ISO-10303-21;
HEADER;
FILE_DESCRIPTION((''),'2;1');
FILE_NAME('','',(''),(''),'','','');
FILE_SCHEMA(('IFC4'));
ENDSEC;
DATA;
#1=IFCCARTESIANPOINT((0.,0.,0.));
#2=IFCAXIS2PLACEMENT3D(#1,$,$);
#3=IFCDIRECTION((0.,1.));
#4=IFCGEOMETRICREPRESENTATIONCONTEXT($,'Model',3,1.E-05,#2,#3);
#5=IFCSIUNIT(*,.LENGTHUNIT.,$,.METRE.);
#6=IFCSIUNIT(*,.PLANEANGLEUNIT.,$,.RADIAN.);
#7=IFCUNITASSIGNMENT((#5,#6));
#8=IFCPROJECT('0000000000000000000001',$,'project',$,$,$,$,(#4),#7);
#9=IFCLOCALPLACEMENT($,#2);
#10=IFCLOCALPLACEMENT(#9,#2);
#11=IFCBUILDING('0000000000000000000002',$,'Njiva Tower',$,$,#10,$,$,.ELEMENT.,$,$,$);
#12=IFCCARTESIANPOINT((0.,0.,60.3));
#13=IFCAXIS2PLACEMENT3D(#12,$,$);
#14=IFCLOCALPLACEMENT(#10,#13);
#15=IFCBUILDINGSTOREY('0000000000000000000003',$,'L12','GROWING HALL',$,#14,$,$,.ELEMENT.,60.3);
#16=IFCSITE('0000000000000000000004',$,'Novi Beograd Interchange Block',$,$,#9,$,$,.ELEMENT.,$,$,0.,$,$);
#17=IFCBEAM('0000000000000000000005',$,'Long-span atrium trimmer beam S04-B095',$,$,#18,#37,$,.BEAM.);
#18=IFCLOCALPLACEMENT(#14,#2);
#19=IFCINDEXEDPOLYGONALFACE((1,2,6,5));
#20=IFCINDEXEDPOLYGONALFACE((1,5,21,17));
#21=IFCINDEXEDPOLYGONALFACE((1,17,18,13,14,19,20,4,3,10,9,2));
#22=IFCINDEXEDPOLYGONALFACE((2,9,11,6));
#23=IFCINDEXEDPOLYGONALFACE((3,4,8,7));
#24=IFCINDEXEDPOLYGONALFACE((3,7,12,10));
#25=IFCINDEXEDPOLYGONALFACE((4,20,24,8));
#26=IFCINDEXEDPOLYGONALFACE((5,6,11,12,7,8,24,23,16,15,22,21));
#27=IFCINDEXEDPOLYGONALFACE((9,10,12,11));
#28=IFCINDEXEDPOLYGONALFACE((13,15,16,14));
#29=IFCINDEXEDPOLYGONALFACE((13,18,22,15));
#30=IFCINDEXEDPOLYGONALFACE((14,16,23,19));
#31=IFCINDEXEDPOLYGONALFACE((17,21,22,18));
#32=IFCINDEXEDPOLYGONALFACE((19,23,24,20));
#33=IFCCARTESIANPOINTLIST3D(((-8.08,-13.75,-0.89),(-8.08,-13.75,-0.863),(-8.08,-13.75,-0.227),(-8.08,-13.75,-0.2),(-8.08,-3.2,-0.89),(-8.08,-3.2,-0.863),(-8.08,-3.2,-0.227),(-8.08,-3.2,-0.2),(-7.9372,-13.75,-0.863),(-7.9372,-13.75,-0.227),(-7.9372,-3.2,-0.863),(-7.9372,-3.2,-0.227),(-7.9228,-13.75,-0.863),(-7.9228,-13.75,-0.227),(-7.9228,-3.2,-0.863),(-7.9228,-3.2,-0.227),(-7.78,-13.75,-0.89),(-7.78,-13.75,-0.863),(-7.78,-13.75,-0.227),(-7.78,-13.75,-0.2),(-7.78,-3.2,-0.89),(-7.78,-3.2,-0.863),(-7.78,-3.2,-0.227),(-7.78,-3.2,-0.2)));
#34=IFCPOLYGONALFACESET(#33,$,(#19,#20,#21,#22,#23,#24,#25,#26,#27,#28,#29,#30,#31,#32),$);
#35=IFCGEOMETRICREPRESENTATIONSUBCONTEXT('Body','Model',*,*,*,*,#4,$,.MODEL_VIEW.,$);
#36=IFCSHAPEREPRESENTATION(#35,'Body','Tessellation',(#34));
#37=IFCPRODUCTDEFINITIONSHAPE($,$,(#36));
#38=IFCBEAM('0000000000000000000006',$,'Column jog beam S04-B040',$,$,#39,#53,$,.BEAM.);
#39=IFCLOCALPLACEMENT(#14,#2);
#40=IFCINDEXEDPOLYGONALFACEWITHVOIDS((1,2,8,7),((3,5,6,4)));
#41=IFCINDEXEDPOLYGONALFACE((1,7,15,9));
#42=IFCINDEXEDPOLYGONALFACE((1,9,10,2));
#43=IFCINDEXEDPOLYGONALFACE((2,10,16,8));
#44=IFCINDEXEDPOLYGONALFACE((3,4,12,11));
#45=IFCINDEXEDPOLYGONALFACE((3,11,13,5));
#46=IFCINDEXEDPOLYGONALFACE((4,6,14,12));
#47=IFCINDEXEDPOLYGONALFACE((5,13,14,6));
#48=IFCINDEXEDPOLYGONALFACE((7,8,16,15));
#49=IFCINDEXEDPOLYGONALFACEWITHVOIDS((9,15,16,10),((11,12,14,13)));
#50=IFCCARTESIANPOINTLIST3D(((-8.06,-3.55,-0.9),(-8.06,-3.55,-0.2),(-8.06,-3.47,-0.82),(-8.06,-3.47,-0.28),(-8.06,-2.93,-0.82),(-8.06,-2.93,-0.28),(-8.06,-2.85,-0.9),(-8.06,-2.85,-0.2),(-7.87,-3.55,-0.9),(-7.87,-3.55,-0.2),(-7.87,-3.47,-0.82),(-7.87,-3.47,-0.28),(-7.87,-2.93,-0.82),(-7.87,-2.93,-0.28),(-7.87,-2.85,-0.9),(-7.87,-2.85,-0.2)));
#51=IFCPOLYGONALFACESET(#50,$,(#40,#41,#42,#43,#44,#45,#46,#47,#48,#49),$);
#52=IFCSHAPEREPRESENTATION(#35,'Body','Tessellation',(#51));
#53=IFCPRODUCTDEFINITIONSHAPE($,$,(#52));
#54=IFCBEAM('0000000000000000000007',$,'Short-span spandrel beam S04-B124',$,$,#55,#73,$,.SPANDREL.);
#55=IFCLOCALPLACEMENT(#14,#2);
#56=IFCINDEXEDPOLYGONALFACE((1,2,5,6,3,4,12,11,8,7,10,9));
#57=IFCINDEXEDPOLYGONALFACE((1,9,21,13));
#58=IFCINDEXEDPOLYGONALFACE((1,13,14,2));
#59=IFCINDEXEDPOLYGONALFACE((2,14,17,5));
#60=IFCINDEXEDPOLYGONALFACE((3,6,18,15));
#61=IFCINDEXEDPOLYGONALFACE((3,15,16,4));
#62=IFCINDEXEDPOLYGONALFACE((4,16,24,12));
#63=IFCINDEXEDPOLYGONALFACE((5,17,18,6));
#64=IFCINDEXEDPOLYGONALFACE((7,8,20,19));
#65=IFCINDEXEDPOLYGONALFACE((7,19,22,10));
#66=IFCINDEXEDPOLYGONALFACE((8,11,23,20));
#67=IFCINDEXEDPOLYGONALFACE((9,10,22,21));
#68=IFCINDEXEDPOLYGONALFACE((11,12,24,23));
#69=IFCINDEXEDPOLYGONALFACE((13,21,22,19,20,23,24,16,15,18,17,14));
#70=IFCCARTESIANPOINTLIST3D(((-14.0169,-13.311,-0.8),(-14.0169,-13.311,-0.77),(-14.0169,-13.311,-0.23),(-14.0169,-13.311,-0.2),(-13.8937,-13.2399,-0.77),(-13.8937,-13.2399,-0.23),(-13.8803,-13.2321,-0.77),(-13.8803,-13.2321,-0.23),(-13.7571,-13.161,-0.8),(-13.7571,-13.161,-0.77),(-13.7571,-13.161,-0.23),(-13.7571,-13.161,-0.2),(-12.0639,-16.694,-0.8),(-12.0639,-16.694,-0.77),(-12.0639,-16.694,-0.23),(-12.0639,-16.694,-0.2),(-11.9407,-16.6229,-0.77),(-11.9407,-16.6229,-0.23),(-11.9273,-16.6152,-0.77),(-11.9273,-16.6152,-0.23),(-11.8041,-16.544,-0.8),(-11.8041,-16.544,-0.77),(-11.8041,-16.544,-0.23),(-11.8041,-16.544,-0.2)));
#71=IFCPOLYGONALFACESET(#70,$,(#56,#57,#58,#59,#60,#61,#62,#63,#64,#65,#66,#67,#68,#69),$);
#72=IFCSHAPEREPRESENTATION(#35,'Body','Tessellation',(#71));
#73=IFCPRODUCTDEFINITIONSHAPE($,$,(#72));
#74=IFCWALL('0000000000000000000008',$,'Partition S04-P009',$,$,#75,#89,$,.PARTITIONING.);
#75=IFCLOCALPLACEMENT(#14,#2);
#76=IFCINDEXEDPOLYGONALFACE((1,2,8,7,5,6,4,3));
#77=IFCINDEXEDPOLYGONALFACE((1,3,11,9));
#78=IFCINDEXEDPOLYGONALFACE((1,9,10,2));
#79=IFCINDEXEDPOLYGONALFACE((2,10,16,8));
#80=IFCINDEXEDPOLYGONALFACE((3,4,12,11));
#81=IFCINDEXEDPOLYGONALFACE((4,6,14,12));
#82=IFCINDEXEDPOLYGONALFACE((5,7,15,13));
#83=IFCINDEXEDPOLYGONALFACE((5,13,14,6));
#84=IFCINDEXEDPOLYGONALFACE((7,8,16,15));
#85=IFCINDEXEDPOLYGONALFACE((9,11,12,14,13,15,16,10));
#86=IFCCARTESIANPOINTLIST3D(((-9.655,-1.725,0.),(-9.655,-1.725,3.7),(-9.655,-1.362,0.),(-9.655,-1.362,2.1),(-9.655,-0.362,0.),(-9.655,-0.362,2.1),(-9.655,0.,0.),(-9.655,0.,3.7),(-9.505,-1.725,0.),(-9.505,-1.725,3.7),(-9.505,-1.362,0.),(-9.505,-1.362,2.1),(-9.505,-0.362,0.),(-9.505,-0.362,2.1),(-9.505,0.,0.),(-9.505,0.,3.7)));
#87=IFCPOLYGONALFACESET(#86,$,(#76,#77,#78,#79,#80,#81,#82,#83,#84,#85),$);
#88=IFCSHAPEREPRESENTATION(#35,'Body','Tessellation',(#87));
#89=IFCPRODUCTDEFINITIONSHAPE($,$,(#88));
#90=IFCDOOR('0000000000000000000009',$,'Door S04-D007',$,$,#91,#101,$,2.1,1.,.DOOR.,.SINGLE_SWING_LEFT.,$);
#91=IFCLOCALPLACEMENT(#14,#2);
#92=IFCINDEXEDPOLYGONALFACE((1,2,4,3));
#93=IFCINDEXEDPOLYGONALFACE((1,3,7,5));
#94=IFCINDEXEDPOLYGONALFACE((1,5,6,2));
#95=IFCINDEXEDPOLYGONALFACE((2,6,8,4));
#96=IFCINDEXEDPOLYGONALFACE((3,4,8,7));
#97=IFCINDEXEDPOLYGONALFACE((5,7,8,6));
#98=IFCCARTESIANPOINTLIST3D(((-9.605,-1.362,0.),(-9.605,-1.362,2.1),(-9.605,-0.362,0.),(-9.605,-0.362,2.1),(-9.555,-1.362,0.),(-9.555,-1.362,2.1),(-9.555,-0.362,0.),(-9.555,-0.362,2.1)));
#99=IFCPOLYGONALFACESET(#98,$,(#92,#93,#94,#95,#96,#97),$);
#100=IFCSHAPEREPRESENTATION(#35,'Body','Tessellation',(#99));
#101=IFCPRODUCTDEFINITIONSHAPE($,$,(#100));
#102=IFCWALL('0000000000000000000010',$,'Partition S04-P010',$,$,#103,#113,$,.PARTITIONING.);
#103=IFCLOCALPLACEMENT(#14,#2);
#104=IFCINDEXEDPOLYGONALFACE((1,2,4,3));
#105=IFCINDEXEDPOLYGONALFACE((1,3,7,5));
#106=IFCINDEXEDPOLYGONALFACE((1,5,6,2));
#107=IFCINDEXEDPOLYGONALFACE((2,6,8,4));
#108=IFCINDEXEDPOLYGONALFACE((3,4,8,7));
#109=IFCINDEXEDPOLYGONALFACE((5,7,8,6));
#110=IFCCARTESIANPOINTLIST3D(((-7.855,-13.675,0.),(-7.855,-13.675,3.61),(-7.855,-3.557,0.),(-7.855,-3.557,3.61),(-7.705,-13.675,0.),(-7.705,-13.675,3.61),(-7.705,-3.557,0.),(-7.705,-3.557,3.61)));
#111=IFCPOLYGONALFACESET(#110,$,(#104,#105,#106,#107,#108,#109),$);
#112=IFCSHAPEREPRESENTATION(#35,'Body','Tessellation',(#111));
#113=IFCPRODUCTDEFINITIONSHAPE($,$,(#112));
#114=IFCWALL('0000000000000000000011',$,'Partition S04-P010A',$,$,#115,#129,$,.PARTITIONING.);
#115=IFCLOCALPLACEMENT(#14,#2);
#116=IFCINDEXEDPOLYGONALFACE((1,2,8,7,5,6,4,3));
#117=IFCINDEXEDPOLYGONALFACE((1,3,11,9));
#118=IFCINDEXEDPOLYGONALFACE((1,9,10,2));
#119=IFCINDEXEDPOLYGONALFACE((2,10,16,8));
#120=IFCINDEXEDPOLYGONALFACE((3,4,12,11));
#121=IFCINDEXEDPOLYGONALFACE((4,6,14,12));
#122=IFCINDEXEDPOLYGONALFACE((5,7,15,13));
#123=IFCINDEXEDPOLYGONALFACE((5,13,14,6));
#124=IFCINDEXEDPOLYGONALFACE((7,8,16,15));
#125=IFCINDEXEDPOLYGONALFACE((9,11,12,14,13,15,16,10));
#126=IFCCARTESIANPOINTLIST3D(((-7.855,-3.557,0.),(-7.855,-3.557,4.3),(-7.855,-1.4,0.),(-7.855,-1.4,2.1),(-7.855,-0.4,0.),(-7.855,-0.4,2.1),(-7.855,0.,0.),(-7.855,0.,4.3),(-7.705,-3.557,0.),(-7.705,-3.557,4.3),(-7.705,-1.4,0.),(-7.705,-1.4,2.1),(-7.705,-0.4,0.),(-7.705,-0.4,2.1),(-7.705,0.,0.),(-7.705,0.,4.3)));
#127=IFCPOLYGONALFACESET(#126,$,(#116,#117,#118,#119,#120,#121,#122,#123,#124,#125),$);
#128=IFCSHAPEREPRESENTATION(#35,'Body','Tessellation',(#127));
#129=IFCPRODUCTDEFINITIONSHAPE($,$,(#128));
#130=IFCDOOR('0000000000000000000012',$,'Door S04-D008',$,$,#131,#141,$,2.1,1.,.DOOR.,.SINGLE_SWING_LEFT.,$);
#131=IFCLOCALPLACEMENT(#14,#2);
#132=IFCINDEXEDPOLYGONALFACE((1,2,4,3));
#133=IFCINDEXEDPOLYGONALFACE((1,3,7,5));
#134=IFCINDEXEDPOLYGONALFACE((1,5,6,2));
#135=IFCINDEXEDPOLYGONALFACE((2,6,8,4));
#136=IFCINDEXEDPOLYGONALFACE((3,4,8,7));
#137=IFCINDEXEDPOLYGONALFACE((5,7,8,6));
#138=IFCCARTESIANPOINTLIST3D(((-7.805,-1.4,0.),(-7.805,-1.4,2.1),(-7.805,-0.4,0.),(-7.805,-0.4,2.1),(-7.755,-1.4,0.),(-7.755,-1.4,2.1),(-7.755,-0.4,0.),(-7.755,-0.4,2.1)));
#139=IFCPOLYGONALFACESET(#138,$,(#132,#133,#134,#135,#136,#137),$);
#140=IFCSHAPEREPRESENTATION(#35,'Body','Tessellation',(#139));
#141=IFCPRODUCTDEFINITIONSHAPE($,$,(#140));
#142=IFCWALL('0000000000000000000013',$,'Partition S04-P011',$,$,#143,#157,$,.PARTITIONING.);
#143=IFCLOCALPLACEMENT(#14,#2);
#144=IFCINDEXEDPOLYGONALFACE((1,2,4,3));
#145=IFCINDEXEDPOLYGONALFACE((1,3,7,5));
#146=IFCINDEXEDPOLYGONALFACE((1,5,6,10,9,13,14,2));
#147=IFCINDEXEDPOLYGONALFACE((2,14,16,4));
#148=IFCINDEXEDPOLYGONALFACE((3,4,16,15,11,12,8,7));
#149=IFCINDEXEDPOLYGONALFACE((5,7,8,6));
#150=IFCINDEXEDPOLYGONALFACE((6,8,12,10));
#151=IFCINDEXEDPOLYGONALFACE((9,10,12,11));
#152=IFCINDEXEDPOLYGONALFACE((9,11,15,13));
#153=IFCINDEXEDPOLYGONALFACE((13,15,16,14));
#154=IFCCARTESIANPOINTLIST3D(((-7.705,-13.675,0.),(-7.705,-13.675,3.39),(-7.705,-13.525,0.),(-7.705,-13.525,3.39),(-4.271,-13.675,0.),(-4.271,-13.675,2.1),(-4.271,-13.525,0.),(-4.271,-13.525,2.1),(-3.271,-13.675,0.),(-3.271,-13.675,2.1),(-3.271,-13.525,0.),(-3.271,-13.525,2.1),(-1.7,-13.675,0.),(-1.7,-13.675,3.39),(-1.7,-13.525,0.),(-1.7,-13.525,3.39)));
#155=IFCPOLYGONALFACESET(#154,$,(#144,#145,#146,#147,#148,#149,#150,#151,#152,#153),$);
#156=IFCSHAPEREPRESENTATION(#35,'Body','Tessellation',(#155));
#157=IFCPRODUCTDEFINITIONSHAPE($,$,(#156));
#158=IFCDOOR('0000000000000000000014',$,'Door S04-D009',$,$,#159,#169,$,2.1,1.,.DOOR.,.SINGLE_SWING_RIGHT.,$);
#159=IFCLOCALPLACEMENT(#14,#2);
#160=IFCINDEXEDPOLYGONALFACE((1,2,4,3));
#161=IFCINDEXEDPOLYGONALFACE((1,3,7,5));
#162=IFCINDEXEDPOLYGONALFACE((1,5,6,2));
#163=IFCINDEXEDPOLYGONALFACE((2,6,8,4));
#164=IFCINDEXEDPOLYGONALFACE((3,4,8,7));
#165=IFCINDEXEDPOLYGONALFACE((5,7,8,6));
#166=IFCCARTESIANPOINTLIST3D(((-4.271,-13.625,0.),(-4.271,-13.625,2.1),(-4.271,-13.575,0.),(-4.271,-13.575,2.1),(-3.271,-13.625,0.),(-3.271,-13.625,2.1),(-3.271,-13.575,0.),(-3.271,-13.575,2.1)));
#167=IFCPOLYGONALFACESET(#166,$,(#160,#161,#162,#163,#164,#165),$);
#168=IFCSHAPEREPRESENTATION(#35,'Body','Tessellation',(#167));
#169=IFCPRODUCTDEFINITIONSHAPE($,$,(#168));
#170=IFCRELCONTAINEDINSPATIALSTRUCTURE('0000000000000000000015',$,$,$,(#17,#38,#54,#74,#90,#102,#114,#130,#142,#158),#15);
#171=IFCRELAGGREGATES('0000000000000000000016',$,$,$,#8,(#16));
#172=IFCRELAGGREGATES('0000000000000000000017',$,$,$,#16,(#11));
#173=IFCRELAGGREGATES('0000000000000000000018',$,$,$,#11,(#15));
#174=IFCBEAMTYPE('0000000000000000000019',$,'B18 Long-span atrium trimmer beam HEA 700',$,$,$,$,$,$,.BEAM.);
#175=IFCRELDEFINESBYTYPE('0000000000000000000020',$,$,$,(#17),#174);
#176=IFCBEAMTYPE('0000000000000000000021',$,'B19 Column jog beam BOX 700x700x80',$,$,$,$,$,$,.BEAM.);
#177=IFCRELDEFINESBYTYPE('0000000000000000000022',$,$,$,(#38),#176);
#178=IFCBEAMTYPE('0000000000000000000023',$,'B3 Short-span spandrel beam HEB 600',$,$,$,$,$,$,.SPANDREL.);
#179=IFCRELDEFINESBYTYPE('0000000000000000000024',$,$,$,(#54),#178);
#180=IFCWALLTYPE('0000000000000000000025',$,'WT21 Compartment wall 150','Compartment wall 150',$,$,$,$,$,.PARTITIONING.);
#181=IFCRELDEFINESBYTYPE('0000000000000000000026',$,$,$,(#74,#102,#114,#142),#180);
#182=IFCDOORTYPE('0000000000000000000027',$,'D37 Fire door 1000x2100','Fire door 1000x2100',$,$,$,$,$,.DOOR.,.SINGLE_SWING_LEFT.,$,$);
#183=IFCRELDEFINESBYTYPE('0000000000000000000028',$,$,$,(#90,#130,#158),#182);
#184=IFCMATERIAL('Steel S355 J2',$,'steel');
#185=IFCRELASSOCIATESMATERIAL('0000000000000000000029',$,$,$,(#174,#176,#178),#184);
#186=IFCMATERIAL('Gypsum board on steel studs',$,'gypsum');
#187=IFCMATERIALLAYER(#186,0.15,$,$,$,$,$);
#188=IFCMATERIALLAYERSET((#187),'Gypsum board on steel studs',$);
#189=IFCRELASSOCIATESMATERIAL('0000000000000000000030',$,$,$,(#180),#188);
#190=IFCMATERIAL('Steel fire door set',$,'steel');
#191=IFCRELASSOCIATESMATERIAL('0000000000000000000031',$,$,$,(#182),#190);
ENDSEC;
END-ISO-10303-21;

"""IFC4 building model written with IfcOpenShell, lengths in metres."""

from ifc_helpers import new_model, si_unit, direction, frame, frame_2d, origin, origin_2d, place, context, subcontext, project, spatial, rectangle, hollow_rectangle, i_section, extrude, material, layer, layer_set, material_profile, profile_set, type_object, element, fill, save


model = new_model("IFC4")

# Units and contexts
model_context = context("Model", 3, precision=1e-05, world=origin(), true_north=direction((0.0, 1.0)))
body_context = subcontext(model_context, "Body", "Model", "MODEL_VIEW")
ifc_project = project(units=[si_unit("LENGTHUNIT", "METRE"), si_unit("PLANEANGLEUNIT", "RADIAN")], contexts=[model_context])

# Site, building, storey
site_placement = place(None, origin())
site = spatial("IfcSite", under=ifc_project, at=site_placement, Name="Novi Beograd Interchange Block", CompositionType="ELEMENT", RefElevation=0.0)
building_placement = place(site_placement, origin())
building = spatial("IfcBuilding", under=site, at=building_placement, Name="Njiva Tower", CompositionType="ELEMENT")
storey_placement = place(building_placement, frame((0.0, 0.0, 60.3)))
storey = spatial("IfcBuildingStorey", under=building, at=storey_placement, Name="L12", Description="GROWING HALL", CompositionType="ELEMENT", Elevation=60.3)

# Shared definitions
ifc_material_1 = material(Name="Steel S355 J2", Category="steel")

# Beams
ifc_material_profile_1 = material_profile(ifc_material_1, i_section(OverallWidth=0.3, OverallDepth=0.69, WebThickness=0.0145, FlangeThickness=0.027, at=origin_2d()), Name="HEA 700")
ifc_profile_set_1 = profile_set([ifc_material_profile_1], Name="Steel S355 J2")
beam_type_1 = type_object("IfcBeamType", Name="B18 Long-span atrium trimmer beam HEA 700", PredefinedType="BEAM", material=ifc_profile_set_1)
beam_1_placement = place(storey_placement, frame((-7.93, -3.2, -0.545), z_axis=(0.0, -1.0, 0.0), x_axis=(1.0, 0.0, 0.0)))
element("IfcBeam", 1, at=beam_1_placement, inside=storey, type_object=beam_type_1, Name="Long-span atrium trimmer beam S04-B095", PredefinedType="BEAM", context=body_context, shape_type="SweptSolid", body=[
    extrude(i_section(OverallWidth=0.3, OverallDepth=0.69, WebThickness=0.0145, FlangeThickness=0.027, at=origin_2d()), origin(), (0.0, 0.0, 1.0), 10.55),
])
ifc_material_profile_2 = material_profile(ifc_material_1, hollow_rectangle(XDim=0.7, YDim=0.7, WallThickness=0.08, at=origin_2d()), Name="BOX 700x700x80")
ifc_profile_set_2 = profile_set([ifc_material_profile_2], Name="Steel S355 J2")
beam_type_2 = type_object("IfcBeamType", Name="B19 Column jog beam BOX 700x700x80", PredefinedType="BEAM", material=ifc_profile_set_2)
beam_2_placement = place(storey_placement, frame((-8.06, -3.2, -0.55), z_axis=(1.0, 0.0, 0.0), x_axis=(0.0, 1.0, 0.0)))
element("IfcBeam", 2, at=beam_2_placement, inside=storey, type_object=beam_type_2, Name="Column jog beam S04-B040", PredefinedType="BEAM", context=body_context, shape_type="SweptSolid", body=[
    extrude(hollow_rectangle(XDim=0.7, YDim=0.7, WallThickness=0.08, at=origin_2d()), origin(), (0.0, 0.0, 1.0), 0.19),
])
ifc_material_profile_3 = material_profile(ifc_material_1, i_section(OverallWidth=0.3, OverallDepth=0.6, WebThickness=0.0155, FlangeThickness=0.03, at=origin_2d()), Name="HEB 600")
ifc_profile_set_3 = profile_set([ifc_material_profile_3], Name="Steel S355 J2")
beam_type_3 = type_object("IfcBeamType", Name="B3 Short-span spandrel beam HEB 600", PredefinedType="SPANDREL", material=ifc_profile_set_3)
beam_3_placement = place(storey_placement, frame((-13.887, -13.236, -0.5), z_axis=(0.499966, -0.866045, 0.0), x_axis=(0.866045, 0.499966, 0.0)))
element("IfcBeam", 3, at=beam_3_placement, inside=storey, type_object=beam_type_3, Name="Short-span spandrel beam S04-B124", PredefinedType="SPANDREL", context=body_context, shape_type="SweptSolid", body=[
    extrude(i_section(OverallWidth=0.3, OverallDepth=0.6, WebThickness=0.0155, FlangeThickness=0.03, at=origin_2d()), origin(), (0.0, 0.0, 1.0), 3.9063),
])

# Wall, opening, door
ifc_material_2 = material(Name="Gypsum board on steel studs", Category="gypsum")
ifc_layer_1 = layer(ifc_material_2, 0.15)
ifc_layer_set_1 = layer_set([ifc_layer_1], Name="Gypsum board on steel studs")
wall_type_1 = type_object("IfcWallType", Name="WT21 Compartment wall 150", Description="Compartment wall 150", PredefinedType="PARTITIONING", material=ifc_layer_set_1)
wall_1_placement = place(storey_placement, frame((-9.58, -1.725, 0.0), z_axis=(0.0, 0.0, 1.0), x_axis=(0.0, 1.0, 0.0)))
wall_1 = element("IfcWall", 4, at=wall_1_placement, inside=storey, type_object=wall_type_1, Name="Partition S04-P009", PredefinedType="PARTITIONING", context=body_context, shape_type="SweptSolid", body=[
    extrude(rectangle(XDim=1.725, YDim=0.15, at=frame_2d((0.8625, 0.0))), origin(), (0.0, 0.0, 1.0), 3.7),
])
opening_1_placement = place(wall_1_placement, frame((0.363, 0.0, 0.0)))
opening_1 = element("IfcOpeningElement", 5, at=opening_1_placement, cuts=wall_1, PredefinedType="OPENING", context=body_context, shape_type="SweptSolid", body=[
    extrude(rectangle(XDim=1.0, YDim=2.1, at=frame_2d((0.5, 1.05))), frame((0.0, 0.085, 0.0), z_axis=(0.0, -1.0, 0.0), x_axis=(1.0, 0.0, 0.0)), (0.0, 0.0, 1.0), 0.17),
])
ifc_material_3 = material(Name="Steel fire door set", Category="steel")
door_type = type_object("IfcDoorType", Name="D37 Fire door 1000x2100", Description="Fire door 1000x2100", OperationType="SINGLE_SWING_LEFT", PredefinedType="DOOR", material=ifc_material_3)
door_1_placement = place(opening_1_placement, origin())
door_1 = element("IfcDoor", 6, at=door_1_placement, inside=storey, type_object=door_type, Name="Door S04-D007", OperationType="SINGLE_SWING_LEFT", OverallHeight=2.1, OverallWidth=1.0, PredefinedType="DOOR", context=body_context, shape_type="SweptSolid", body=[
    extrude(rectangle(XDim=1.0, YDim=2.1, at=frame_2d((0.5, 1.05))), frame((0.0, 0.025, 0.0), z_axis=(0.0, -1.0, 0.0), x_axis=(1.0, 0.0, 0.0)), (0.0, 0.0, 1.0), 0.05),
])
fill(opening_1, door_1)

# Wall
wall_2_placement = place(storey_placement, frame((-7.78, -13.675, 0.0), z_axis=(0.0, 0.0, 1.0), x_axis=(0.0, 1.0, 0.0)))
element("IfcWall", 7, at=wall_2_placement, inside=storey, type_object=wall_type_1, Name="Partition S04-P010", PredefinedType="PARTITIONING", context=body_context, shape_type="SweptSolid", body=[
    extrude(rectangle(XDim=10.118, YDim=0.15, at=frame_2d((5.059, 0.0))), origin(), (0.0, 0.0, 1.0), 3.61),
])

# Walls, openings, doors
wall_3_placement = place(storey_placement, frame((-7.78, -3.557, 0.0), z_axis=(0.0, 0.0, 1.0), x_axis=(0.0, 1.0, 0.0)))
wall_3 = element("IfcWall", 8, at=wall_3_placement, inside=storey, type_object=wall_type_1, Name="Partition S04-P010A", PredefinedType="PARTITIONING", context=body_context, shape_type="SweptSolid", body=[
    extrude(rectangle(XDim=3.557, YDim=0.15, at=frame_2d((1.7785, 0.0))), origin(), (0.0, 0.0, 1.0), 4.3),
])
opening_2_placement = place(wall_3_placement, frame((2.157, 0.0, 0.0)))
opening_2 = element("IfcOpeningElement", 9, at=opening_2_placement, cuts=wall_3, PredefinedType="OPENING", context=body_context, shape_type="SweptSolid", body=[
    extrude(rectangle(XDim=1.0, YDim=2.1, at=frame_2d((0.5, 1.05))), frame((0.0, 0.085, 0.0), z_axis=(0.0, -1.0, 0.0), x_axis=(1.0, 0.0, 0.0)), (0.0, 0.0, 1.0), 0.17),
])
door_2_placement = place(opening_2_placement, origin())
door_2 = element("IfcDoor", 10, at=door_2_placement, inside=storey, type_object=door_type, Name="Door S04-D008", OperationType="SINGLE_SWING_LEFT", OverallHeight=2.1, OverallWidth=1.0, PredefinedType="DOOR", context=body_context, shape_type="SweptSolid", body=[
    extrude(rectangle(XDim=1.0, YDim=2.1, at=frame_2d((0.5, 1.05))), frame((0.0, 0.025, 0.0), z_axis=(0.0, -1.0, 0.0), x_axis=(1.0, 0.0, 0.0)), (0.0, 0.0, 1.0), 0.05),
])
fill(opening_2, door_2)
wall_4_placement = place(storey_placement, frame((-7.705, -13.6, 0.0), z_axis=(0.0, 0.0, 1.0), x_axis=(1.0, 0.0, 0.0)))
wall_4 = element("IfcWall", 11, at=wall_4_placement, inside=storey, type_object=wall_type_1, Name="Partition S04-P011", PredefinedType="PARTITIONING", context=body_context, shape_type="SweptSolid", body=[
    extrude(rectangle(XDim=6.005, YDim=0.15, at=frame_2d((3.0025, 0.0))), origin(), (0.0, 0.0, 1.0), 3.39),
])
opening_3_placement = place(wall_4_placement, frame((3.434, 0.0, 0.0)))
opening_3 = element("IfcOpeningElement", 12, at=opening_3_placement, cuts=wall_4, PredefinedType="OPENING", context=body_context, shape_type="SweptSolid", body=[
    extrude(rectangle(XDim=1.0, YDim=2.1, at=frame_2d((0.5, 1.05))), frame((0.0, 0.085, 0.0), z_axis=(0.0, -1.0, 0.0), x_axis=(1.0, 0.0, 0.0)), (0.0, 0.0, 1.0), 0.17),
])
door_3_placement = place(opening_3_placement, origin())
door_3 = element("IfcDoor", 13, at=door_3_placement, inside=storey, type_object=door_type, Name="Door S04-D009", OperationType="SINGLE_SWING_RIGHT", OverallHeight=2.1, OverallWidth=1.0, PredefinedType="DOOR", context=body_context, shape_type="SweptSolid", body=[
    extrude(rectangle(XDim=1.0, YDim=2.1, at=frame_2d((0.5, 1.05))), frame((0.0, 0.025, 0.0), z_axis=(0.0, -1.0, 0.0), x_axis=(1.0, 0.0, 0.0)), (0.0, 0.0, 1.0), 0.05),
])
fill(opening_3, door_3)

save(model, "model.ifc")
